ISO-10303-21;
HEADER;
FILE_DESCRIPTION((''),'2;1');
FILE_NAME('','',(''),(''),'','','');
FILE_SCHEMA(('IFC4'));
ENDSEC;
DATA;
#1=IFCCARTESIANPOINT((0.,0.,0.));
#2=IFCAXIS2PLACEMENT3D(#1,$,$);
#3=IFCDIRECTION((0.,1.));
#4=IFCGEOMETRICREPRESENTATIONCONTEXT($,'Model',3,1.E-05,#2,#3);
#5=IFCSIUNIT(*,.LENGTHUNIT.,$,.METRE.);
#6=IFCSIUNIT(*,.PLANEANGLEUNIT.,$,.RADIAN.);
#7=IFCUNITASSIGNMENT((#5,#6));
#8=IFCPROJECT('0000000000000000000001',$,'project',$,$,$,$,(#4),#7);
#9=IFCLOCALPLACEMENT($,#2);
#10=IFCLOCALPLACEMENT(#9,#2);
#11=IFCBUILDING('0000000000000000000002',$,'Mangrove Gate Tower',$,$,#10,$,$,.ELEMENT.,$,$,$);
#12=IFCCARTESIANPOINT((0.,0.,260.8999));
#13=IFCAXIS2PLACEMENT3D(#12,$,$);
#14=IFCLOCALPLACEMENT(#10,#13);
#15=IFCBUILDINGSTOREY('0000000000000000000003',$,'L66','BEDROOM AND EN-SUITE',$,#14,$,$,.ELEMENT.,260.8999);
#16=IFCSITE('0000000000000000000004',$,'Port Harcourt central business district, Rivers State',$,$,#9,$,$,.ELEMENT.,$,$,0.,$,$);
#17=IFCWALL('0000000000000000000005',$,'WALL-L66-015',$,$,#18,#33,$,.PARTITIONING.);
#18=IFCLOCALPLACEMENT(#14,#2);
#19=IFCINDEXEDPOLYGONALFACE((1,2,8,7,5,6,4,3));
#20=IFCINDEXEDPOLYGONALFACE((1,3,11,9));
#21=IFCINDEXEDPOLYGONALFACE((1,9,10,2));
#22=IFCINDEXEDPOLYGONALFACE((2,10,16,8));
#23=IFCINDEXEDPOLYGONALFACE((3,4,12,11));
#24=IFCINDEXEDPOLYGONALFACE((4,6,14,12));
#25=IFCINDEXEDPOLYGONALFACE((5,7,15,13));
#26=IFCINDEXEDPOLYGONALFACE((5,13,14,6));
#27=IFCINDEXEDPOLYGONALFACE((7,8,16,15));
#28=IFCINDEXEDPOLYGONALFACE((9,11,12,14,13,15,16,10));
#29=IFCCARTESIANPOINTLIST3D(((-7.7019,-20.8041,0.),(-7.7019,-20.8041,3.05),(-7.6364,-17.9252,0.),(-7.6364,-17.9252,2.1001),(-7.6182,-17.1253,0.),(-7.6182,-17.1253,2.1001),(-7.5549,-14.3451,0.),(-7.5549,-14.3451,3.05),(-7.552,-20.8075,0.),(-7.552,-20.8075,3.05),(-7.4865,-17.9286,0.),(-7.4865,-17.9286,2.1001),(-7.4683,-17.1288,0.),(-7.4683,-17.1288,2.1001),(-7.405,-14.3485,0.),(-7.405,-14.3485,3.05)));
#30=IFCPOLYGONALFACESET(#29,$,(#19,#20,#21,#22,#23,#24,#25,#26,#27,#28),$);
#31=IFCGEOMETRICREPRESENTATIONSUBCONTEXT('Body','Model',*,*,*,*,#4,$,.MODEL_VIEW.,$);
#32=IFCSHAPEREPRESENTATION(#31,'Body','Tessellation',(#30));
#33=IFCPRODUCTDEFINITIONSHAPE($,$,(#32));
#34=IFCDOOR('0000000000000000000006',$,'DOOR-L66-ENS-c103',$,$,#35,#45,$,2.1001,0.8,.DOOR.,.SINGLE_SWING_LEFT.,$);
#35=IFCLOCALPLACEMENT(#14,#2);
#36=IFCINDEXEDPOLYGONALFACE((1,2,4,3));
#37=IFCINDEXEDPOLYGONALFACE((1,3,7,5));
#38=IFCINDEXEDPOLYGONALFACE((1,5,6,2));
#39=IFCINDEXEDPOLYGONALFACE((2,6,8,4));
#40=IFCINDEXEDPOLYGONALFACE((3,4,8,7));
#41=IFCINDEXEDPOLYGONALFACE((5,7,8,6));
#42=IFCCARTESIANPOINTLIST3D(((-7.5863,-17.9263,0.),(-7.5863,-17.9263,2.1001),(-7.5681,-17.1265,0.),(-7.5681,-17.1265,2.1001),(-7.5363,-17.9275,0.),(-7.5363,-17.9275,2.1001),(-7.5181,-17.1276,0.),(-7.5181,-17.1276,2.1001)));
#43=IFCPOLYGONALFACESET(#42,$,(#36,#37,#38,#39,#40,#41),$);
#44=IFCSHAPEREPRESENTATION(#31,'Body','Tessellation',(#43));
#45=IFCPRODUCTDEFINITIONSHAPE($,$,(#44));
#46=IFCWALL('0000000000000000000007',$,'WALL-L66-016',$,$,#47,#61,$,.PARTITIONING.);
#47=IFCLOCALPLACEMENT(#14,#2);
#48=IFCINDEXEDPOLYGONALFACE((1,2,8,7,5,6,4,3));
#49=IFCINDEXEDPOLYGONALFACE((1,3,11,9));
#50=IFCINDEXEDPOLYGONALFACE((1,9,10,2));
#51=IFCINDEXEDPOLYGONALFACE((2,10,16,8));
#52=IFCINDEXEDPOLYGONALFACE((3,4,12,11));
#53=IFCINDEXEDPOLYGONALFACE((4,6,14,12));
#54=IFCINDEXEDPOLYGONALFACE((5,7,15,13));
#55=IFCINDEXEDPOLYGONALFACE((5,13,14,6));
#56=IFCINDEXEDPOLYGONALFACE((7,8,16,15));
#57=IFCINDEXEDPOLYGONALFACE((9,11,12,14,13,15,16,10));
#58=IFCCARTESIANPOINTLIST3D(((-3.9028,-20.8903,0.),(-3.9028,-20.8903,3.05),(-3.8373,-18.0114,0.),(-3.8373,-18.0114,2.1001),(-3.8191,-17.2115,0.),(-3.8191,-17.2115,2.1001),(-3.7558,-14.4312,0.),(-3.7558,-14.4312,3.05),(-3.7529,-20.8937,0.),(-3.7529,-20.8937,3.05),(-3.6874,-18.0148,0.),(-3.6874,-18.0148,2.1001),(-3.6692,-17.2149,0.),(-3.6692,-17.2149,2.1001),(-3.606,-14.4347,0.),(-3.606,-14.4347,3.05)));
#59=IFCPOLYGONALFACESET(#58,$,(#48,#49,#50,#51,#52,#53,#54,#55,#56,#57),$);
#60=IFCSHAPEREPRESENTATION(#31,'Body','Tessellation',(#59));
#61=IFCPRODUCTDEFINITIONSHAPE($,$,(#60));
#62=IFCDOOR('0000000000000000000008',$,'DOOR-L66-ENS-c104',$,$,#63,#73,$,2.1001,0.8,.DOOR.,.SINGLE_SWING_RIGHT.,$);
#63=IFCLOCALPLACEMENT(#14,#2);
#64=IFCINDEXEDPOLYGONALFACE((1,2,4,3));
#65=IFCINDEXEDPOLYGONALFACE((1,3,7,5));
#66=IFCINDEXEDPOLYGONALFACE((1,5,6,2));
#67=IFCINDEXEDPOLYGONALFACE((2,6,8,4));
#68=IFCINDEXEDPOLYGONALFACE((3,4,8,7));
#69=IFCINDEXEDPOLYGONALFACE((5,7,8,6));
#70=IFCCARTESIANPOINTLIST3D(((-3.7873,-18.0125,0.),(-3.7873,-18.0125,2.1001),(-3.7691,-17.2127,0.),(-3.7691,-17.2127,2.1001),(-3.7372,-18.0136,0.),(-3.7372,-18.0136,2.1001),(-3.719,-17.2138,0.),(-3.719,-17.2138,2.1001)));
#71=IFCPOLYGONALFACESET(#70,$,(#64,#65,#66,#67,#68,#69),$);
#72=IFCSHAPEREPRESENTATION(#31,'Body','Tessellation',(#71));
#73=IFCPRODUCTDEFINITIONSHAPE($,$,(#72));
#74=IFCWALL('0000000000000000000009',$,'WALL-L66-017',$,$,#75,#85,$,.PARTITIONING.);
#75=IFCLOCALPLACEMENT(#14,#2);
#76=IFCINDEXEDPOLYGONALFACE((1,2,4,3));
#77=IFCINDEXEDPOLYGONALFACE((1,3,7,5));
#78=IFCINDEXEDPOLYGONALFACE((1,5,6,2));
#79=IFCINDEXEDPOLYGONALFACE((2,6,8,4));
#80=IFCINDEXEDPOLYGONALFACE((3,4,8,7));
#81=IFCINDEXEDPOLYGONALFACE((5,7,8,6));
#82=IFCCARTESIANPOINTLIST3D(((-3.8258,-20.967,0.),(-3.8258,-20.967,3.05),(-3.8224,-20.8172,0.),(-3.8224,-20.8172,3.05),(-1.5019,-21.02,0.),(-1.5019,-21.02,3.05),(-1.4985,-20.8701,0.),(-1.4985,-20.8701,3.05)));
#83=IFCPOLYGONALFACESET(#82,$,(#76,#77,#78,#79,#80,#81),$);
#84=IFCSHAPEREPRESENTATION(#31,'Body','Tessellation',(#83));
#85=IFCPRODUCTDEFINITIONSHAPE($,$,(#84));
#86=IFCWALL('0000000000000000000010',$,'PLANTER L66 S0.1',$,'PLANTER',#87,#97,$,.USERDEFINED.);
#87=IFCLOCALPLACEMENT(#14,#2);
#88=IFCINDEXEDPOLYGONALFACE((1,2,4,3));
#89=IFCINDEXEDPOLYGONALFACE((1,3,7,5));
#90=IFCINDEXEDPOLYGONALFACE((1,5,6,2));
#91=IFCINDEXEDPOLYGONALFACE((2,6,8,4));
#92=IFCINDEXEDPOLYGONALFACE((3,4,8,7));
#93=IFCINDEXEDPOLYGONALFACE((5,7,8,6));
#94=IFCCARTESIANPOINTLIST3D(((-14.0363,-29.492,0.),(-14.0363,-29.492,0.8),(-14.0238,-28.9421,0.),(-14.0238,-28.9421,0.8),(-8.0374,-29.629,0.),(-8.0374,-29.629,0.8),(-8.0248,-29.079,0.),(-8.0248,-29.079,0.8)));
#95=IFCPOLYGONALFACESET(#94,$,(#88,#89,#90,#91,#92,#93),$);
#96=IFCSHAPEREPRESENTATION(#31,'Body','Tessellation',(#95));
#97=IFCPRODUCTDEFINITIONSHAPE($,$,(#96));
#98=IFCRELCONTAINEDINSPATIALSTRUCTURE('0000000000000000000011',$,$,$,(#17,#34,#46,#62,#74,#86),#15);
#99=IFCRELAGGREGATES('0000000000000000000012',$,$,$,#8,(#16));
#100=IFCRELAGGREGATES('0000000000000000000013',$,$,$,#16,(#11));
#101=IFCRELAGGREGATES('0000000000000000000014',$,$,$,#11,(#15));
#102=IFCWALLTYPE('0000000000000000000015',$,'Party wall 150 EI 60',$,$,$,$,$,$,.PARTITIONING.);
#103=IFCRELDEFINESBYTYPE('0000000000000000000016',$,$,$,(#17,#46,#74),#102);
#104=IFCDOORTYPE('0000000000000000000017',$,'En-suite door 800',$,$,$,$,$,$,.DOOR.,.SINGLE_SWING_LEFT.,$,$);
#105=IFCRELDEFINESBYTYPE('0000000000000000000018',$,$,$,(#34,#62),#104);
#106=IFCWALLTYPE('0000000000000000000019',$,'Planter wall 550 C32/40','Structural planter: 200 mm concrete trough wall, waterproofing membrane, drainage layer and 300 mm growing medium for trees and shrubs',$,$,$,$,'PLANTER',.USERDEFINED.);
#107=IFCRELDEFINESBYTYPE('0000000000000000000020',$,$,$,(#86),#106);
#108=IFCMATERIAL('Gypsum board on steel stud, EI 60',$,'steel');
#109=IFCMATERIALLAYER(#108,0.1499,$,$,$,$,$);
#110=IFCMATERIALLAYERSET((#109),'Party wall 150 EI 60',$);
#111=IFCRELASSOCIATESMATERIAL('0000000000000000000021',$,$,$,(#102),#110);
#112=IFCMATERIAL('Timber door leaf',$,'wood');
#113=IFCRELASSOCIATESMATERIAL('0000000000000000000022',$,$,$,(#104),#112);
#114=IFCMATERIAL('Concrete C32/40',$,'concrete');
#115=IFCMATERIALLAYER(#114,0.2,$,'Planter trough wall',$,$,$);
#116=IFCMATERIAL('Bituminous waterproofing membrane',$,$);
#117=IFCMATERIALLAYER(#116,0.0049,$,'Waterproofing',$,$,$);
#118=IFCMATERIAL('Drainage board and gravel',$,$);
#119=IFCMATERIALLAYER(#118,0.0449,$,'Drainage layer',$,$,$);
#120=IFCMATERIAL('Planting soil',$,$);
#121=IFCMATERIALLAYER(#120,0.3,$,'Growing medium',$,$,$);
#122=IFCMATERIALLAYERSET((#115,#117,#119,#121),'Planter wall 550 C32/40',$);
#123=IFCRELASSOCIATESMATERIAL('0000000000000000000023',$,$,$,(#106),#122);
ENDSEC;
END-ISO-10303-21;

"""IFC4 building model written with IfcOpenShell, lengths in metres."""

from ifc_helpers import new_model, si_unit, direction, frame, frame_2d, origin, place, context, subcontext, project, spatial, rectangle, extrude, material, layer, layer_set, type_object, element, fill, save


model = new_model("IFC4")

# Units and contexts
model_context = context("Model", 3, precision=1e-05, world=origin(), true_north=direction((0.0, 1.0)))
body_context = subcontext(model_context, "Body", "Model", "MODEL_VIEW")
ifc_project = project(units=[si_unit("LENGTHUNIT", "METRE"), si_unit("PLANEANGLEUNIT", "RADIAN")], contexts=[model_context])

# Site, building, storey
site_placement = place(None, origin())
site = spatial("IfcSite", under=ifc_project, at=site_placement, Name="Port Harcourt central business district, Rivers State", CompositionType="ELEMENT", RefElevation=0.0)
building_placement = place(site_placement, origin())
building = spatial("IfcBuilding", under=site, at=building_placement, Name="Mangrove Gate Tower", CompositionType="ELEMENT")
storey_placement = place(building_placement, frame((0.0, 0.0, 260.8999)))
storey = spatial("IfcBuildingStorey", under=building, at=storey_placement, Name="L66", Description="BEDROOM AND EN-SUITE", CompositionType="ELEMENT", Elevation=260.8999)

# Shared definitions
ifc_material_1 = material(Name="Gypsum board on steel stud, EI 60", Category="steel")
ifc_layer_1 = layer(ifc_material_1, 0.1499)
ifc_layer_set_1 = layer_set([ifc_layer_1], Name="Party wall 150 EI 60")
wall_type_1 = type_object("IfcWallType", Name="Party wall 150 EI 60", PredefinedType="PARTITIONING", material=ifc_layer_set_1)

# Shared definitions
ifc_material_2 = material(Name="Timber door leaf", Category="wood")
door_type = type_object("IfcDoorType", Name="En-suite door 800", OperationType="SINGLE_SWING_LEFT", PredefinedType="DOOR", material=ifc_material_2)

# Walls, openings, doors
wall_1_placement = place(storey_placement, frame((-7.627, -20.8059, 0.0), z_axis=(0.0, 0.0, 1.0), x_axis=(0.022749, 0.999741, 0.0)))
wall_1 = element("IfcWall", 1, at=wall_1_placement, inside=storey, type_object=wall_type_1, Name="WALL-L66-015", PredefinedType="PARTITIONING", context=body_context, shape_type="SweptSolid", body=[
    extrude(rectangle(XDim=6.4607, YDim=0.1499, at=frame_2d((3.2305, 0.0))), origin(), (0.0, 0.0, 1.0), 3.05),
])
opening_1_placement = place(wall_1_placement, frame((2.8799, 0.0, 0.0)))
opening_1 = element("IfcOpeningElement", 2, at=opening_1_placement, cuts=wall_1, PredefinedType="OPENING", context=body_context, shape_type="SweptSolid", body=[
    extrude(rectangle(XDim=0.8, YDim=2.1001, at=frame_2d((0.3999, 1.05))), frame((0.0, 0.085, 0.0), z_axis=(0.0, -1.0, 0.0), x_axis=(1.0, 0.0, 0.0)), (0.0, 0.0, 1.0), 0.1699),
])
door_1_placement = place(opening_1_placement, origin())
door_1 = element("IfcDoor", 3, at=door_1_placement, inside=storey, type_object=door_type, Name="DOOR-L66-ENS-c103", OperationType="SINGLE_SWING_LEFT", OverallHeight=2.1001, OverallWidth=0.8, PredefinedType="DOOR", context=body_context, shape_type="SweptSolid", body=[
    extrude(rectangle(XDim=0.8, YDim=2.1001, at=frame_2d((0.3999, 1.05))), frame((0.0, 0.0249, 0.0), z_axis=(0.0, -1.0, 0.0), x_axis=(1.0, 0.0, 0.0)), (0.0, 0.0, 1.0), 0.05),
])
fill(opening_1, door_1)
wall_2_placement = place(storey_placement, frame((-3.8279, -20.8921, 0.0), z_axis=(0.0, 0.0, 1.0), x_axis=(0.022749, 0.999741, 0.0)))
wall_2 = element("IfcWall", 4, at=wall_2_placement, inside=storey, type_object=wall_type_1, Name="WALL-L66-016", PredefinedType="PARTITIONING", context=body_context, shape_type="SweptSolid", body=[
    extrude(rectangle(XDim=6.4607, YDim=0.1499, at=frame_2d((3.2305, 0.0))), origin(), (0.0, 0.0, 1.0), 3.05),
])
opening_2_placement = place(wall_2_placement, frame((2.8799, 0.0, 0.0)))
opening_2 = element("IfcOpeningElement", 5, at=opening_2_placement, cuts=wall_2, PredefinedType="OPENING", context=body_context, shape_type="SweptSolid", body=[
    extrude(rectangle(XDim=0.8, YDim=2.1001, at=frame_2d((0.3999, 1.05))), frame((0.0, 0.085, 0.0), z_axis=(0.0, -1.0, 0.0), x_axis=(1.0, 0.0, 0.0)), (0.0, 0.0, 1.0), 0.1699),
])
door_2_placement = place(opening_2_placement, origin())
door_2 = element("IfcDoor", 6, at=door_2_placement, inside=storey, type_object=door_type, Name="DOOR-L66-ENS-c104", OperationType="SINGLE_SWING_RIGHT", OverallHeight=2.1001, OverallWidth=0.8, PredefinedType="DOOR", context=body_context, shape_type="SweptSolid", body=[
    extrude(rectangle(XDim=0.8, YDim=2.1001, at=frame_2d((0.3999, 1.05))), frame((0.0, 0.0249, 0.0), z_axis=(0.0, -1.0, 0.0), x_axis=(1.0, 0.0, 0.0)), (0.0, 0.0, 1.0), 0.05),
])
fill(opening_2, door_2)

# Walls
wall_3_placement = place(storey_placement, frame((-3.824, -20.8921, 0.0), z_axis=(0.0, 0.0, 1.0), x_axis=(0.99974, -0.022791, 0.0)))
element("IfcWall", 7, at=wall_3_placement, inside=storey, type_object=wall_type_1, Name="WALL-L66-017", PredefinedType="PARTITIONING", context=body_context, shape_type="SweptSolid", body=[
    extrude(rectangle(XDim=2.3245, YDim=0.1499, at=frame_2d((1.1621, 0.0))), origin(), (0.0, 0.0, 1.0), 3.05),
])
ifc_material_3 = material(Name="Concrete C32/40", Category="concrete")
ifc_layer_2 = layer(ifc_material_3, 0.2, Name="Planter trough wall")
ifc_material_4 = material(Name="Bituminous waterproofing membrane")
ifc_layer_3 = layer(ifc_material_4, 0.0049, Name="Waterproofing")
ifc_material_5 = material(Name="Drainage board and gravel")
ifc_layer_4 = layer(ifc_material_5, 0.0449, Name="Drainage layer")
ifc_material_6 = material(Name="Planting soil")
ifc_layer_5 = layer(ifc_material_6, 0.3, Name="Growing medium")
ifc_layer_set_2 = layer_set([ifc_layer_2, ifc_layer_3, ifc_layer_4, ifc_layer_5], Name="Planter wall 550 C32/40")
wall_type_2 = type_object("IfcWallType", Name="Planter wall 550 C32/40", Description="Structural planter: 200 mm concrete trough wall, waterproofing membrane, drainage layer and 300 mm growing medium for trees and shrubs", ElementType="PLANTER", PredefinedType="USERDEFINED", material=ifc_layer_set_2)
wall_4_placement = place(storey_placement, frame((-14.03, -29.217, 0.0), z_axis=(0.0, 0.0, 1.0), x_axis=(0.999739, -0.022825, 0.0)))
element("IfcWall", 8, at=wall_4_placement, inside=storey, type_object=wall_type_2, Name="PLANTER L66 S0.1", ObjectType="PLANTER", PredefinedType="USERDEFINED", context=body_context, shape_type="SweptSolid", body=[
    extrude(rectangle(XDim=6.0005, YDim=0.55, at=frame_2d((3.0002, 0.0))), origin(), (0.0, 0.0, 1.0), 0.8),
])

save(model, "model.ifc")
